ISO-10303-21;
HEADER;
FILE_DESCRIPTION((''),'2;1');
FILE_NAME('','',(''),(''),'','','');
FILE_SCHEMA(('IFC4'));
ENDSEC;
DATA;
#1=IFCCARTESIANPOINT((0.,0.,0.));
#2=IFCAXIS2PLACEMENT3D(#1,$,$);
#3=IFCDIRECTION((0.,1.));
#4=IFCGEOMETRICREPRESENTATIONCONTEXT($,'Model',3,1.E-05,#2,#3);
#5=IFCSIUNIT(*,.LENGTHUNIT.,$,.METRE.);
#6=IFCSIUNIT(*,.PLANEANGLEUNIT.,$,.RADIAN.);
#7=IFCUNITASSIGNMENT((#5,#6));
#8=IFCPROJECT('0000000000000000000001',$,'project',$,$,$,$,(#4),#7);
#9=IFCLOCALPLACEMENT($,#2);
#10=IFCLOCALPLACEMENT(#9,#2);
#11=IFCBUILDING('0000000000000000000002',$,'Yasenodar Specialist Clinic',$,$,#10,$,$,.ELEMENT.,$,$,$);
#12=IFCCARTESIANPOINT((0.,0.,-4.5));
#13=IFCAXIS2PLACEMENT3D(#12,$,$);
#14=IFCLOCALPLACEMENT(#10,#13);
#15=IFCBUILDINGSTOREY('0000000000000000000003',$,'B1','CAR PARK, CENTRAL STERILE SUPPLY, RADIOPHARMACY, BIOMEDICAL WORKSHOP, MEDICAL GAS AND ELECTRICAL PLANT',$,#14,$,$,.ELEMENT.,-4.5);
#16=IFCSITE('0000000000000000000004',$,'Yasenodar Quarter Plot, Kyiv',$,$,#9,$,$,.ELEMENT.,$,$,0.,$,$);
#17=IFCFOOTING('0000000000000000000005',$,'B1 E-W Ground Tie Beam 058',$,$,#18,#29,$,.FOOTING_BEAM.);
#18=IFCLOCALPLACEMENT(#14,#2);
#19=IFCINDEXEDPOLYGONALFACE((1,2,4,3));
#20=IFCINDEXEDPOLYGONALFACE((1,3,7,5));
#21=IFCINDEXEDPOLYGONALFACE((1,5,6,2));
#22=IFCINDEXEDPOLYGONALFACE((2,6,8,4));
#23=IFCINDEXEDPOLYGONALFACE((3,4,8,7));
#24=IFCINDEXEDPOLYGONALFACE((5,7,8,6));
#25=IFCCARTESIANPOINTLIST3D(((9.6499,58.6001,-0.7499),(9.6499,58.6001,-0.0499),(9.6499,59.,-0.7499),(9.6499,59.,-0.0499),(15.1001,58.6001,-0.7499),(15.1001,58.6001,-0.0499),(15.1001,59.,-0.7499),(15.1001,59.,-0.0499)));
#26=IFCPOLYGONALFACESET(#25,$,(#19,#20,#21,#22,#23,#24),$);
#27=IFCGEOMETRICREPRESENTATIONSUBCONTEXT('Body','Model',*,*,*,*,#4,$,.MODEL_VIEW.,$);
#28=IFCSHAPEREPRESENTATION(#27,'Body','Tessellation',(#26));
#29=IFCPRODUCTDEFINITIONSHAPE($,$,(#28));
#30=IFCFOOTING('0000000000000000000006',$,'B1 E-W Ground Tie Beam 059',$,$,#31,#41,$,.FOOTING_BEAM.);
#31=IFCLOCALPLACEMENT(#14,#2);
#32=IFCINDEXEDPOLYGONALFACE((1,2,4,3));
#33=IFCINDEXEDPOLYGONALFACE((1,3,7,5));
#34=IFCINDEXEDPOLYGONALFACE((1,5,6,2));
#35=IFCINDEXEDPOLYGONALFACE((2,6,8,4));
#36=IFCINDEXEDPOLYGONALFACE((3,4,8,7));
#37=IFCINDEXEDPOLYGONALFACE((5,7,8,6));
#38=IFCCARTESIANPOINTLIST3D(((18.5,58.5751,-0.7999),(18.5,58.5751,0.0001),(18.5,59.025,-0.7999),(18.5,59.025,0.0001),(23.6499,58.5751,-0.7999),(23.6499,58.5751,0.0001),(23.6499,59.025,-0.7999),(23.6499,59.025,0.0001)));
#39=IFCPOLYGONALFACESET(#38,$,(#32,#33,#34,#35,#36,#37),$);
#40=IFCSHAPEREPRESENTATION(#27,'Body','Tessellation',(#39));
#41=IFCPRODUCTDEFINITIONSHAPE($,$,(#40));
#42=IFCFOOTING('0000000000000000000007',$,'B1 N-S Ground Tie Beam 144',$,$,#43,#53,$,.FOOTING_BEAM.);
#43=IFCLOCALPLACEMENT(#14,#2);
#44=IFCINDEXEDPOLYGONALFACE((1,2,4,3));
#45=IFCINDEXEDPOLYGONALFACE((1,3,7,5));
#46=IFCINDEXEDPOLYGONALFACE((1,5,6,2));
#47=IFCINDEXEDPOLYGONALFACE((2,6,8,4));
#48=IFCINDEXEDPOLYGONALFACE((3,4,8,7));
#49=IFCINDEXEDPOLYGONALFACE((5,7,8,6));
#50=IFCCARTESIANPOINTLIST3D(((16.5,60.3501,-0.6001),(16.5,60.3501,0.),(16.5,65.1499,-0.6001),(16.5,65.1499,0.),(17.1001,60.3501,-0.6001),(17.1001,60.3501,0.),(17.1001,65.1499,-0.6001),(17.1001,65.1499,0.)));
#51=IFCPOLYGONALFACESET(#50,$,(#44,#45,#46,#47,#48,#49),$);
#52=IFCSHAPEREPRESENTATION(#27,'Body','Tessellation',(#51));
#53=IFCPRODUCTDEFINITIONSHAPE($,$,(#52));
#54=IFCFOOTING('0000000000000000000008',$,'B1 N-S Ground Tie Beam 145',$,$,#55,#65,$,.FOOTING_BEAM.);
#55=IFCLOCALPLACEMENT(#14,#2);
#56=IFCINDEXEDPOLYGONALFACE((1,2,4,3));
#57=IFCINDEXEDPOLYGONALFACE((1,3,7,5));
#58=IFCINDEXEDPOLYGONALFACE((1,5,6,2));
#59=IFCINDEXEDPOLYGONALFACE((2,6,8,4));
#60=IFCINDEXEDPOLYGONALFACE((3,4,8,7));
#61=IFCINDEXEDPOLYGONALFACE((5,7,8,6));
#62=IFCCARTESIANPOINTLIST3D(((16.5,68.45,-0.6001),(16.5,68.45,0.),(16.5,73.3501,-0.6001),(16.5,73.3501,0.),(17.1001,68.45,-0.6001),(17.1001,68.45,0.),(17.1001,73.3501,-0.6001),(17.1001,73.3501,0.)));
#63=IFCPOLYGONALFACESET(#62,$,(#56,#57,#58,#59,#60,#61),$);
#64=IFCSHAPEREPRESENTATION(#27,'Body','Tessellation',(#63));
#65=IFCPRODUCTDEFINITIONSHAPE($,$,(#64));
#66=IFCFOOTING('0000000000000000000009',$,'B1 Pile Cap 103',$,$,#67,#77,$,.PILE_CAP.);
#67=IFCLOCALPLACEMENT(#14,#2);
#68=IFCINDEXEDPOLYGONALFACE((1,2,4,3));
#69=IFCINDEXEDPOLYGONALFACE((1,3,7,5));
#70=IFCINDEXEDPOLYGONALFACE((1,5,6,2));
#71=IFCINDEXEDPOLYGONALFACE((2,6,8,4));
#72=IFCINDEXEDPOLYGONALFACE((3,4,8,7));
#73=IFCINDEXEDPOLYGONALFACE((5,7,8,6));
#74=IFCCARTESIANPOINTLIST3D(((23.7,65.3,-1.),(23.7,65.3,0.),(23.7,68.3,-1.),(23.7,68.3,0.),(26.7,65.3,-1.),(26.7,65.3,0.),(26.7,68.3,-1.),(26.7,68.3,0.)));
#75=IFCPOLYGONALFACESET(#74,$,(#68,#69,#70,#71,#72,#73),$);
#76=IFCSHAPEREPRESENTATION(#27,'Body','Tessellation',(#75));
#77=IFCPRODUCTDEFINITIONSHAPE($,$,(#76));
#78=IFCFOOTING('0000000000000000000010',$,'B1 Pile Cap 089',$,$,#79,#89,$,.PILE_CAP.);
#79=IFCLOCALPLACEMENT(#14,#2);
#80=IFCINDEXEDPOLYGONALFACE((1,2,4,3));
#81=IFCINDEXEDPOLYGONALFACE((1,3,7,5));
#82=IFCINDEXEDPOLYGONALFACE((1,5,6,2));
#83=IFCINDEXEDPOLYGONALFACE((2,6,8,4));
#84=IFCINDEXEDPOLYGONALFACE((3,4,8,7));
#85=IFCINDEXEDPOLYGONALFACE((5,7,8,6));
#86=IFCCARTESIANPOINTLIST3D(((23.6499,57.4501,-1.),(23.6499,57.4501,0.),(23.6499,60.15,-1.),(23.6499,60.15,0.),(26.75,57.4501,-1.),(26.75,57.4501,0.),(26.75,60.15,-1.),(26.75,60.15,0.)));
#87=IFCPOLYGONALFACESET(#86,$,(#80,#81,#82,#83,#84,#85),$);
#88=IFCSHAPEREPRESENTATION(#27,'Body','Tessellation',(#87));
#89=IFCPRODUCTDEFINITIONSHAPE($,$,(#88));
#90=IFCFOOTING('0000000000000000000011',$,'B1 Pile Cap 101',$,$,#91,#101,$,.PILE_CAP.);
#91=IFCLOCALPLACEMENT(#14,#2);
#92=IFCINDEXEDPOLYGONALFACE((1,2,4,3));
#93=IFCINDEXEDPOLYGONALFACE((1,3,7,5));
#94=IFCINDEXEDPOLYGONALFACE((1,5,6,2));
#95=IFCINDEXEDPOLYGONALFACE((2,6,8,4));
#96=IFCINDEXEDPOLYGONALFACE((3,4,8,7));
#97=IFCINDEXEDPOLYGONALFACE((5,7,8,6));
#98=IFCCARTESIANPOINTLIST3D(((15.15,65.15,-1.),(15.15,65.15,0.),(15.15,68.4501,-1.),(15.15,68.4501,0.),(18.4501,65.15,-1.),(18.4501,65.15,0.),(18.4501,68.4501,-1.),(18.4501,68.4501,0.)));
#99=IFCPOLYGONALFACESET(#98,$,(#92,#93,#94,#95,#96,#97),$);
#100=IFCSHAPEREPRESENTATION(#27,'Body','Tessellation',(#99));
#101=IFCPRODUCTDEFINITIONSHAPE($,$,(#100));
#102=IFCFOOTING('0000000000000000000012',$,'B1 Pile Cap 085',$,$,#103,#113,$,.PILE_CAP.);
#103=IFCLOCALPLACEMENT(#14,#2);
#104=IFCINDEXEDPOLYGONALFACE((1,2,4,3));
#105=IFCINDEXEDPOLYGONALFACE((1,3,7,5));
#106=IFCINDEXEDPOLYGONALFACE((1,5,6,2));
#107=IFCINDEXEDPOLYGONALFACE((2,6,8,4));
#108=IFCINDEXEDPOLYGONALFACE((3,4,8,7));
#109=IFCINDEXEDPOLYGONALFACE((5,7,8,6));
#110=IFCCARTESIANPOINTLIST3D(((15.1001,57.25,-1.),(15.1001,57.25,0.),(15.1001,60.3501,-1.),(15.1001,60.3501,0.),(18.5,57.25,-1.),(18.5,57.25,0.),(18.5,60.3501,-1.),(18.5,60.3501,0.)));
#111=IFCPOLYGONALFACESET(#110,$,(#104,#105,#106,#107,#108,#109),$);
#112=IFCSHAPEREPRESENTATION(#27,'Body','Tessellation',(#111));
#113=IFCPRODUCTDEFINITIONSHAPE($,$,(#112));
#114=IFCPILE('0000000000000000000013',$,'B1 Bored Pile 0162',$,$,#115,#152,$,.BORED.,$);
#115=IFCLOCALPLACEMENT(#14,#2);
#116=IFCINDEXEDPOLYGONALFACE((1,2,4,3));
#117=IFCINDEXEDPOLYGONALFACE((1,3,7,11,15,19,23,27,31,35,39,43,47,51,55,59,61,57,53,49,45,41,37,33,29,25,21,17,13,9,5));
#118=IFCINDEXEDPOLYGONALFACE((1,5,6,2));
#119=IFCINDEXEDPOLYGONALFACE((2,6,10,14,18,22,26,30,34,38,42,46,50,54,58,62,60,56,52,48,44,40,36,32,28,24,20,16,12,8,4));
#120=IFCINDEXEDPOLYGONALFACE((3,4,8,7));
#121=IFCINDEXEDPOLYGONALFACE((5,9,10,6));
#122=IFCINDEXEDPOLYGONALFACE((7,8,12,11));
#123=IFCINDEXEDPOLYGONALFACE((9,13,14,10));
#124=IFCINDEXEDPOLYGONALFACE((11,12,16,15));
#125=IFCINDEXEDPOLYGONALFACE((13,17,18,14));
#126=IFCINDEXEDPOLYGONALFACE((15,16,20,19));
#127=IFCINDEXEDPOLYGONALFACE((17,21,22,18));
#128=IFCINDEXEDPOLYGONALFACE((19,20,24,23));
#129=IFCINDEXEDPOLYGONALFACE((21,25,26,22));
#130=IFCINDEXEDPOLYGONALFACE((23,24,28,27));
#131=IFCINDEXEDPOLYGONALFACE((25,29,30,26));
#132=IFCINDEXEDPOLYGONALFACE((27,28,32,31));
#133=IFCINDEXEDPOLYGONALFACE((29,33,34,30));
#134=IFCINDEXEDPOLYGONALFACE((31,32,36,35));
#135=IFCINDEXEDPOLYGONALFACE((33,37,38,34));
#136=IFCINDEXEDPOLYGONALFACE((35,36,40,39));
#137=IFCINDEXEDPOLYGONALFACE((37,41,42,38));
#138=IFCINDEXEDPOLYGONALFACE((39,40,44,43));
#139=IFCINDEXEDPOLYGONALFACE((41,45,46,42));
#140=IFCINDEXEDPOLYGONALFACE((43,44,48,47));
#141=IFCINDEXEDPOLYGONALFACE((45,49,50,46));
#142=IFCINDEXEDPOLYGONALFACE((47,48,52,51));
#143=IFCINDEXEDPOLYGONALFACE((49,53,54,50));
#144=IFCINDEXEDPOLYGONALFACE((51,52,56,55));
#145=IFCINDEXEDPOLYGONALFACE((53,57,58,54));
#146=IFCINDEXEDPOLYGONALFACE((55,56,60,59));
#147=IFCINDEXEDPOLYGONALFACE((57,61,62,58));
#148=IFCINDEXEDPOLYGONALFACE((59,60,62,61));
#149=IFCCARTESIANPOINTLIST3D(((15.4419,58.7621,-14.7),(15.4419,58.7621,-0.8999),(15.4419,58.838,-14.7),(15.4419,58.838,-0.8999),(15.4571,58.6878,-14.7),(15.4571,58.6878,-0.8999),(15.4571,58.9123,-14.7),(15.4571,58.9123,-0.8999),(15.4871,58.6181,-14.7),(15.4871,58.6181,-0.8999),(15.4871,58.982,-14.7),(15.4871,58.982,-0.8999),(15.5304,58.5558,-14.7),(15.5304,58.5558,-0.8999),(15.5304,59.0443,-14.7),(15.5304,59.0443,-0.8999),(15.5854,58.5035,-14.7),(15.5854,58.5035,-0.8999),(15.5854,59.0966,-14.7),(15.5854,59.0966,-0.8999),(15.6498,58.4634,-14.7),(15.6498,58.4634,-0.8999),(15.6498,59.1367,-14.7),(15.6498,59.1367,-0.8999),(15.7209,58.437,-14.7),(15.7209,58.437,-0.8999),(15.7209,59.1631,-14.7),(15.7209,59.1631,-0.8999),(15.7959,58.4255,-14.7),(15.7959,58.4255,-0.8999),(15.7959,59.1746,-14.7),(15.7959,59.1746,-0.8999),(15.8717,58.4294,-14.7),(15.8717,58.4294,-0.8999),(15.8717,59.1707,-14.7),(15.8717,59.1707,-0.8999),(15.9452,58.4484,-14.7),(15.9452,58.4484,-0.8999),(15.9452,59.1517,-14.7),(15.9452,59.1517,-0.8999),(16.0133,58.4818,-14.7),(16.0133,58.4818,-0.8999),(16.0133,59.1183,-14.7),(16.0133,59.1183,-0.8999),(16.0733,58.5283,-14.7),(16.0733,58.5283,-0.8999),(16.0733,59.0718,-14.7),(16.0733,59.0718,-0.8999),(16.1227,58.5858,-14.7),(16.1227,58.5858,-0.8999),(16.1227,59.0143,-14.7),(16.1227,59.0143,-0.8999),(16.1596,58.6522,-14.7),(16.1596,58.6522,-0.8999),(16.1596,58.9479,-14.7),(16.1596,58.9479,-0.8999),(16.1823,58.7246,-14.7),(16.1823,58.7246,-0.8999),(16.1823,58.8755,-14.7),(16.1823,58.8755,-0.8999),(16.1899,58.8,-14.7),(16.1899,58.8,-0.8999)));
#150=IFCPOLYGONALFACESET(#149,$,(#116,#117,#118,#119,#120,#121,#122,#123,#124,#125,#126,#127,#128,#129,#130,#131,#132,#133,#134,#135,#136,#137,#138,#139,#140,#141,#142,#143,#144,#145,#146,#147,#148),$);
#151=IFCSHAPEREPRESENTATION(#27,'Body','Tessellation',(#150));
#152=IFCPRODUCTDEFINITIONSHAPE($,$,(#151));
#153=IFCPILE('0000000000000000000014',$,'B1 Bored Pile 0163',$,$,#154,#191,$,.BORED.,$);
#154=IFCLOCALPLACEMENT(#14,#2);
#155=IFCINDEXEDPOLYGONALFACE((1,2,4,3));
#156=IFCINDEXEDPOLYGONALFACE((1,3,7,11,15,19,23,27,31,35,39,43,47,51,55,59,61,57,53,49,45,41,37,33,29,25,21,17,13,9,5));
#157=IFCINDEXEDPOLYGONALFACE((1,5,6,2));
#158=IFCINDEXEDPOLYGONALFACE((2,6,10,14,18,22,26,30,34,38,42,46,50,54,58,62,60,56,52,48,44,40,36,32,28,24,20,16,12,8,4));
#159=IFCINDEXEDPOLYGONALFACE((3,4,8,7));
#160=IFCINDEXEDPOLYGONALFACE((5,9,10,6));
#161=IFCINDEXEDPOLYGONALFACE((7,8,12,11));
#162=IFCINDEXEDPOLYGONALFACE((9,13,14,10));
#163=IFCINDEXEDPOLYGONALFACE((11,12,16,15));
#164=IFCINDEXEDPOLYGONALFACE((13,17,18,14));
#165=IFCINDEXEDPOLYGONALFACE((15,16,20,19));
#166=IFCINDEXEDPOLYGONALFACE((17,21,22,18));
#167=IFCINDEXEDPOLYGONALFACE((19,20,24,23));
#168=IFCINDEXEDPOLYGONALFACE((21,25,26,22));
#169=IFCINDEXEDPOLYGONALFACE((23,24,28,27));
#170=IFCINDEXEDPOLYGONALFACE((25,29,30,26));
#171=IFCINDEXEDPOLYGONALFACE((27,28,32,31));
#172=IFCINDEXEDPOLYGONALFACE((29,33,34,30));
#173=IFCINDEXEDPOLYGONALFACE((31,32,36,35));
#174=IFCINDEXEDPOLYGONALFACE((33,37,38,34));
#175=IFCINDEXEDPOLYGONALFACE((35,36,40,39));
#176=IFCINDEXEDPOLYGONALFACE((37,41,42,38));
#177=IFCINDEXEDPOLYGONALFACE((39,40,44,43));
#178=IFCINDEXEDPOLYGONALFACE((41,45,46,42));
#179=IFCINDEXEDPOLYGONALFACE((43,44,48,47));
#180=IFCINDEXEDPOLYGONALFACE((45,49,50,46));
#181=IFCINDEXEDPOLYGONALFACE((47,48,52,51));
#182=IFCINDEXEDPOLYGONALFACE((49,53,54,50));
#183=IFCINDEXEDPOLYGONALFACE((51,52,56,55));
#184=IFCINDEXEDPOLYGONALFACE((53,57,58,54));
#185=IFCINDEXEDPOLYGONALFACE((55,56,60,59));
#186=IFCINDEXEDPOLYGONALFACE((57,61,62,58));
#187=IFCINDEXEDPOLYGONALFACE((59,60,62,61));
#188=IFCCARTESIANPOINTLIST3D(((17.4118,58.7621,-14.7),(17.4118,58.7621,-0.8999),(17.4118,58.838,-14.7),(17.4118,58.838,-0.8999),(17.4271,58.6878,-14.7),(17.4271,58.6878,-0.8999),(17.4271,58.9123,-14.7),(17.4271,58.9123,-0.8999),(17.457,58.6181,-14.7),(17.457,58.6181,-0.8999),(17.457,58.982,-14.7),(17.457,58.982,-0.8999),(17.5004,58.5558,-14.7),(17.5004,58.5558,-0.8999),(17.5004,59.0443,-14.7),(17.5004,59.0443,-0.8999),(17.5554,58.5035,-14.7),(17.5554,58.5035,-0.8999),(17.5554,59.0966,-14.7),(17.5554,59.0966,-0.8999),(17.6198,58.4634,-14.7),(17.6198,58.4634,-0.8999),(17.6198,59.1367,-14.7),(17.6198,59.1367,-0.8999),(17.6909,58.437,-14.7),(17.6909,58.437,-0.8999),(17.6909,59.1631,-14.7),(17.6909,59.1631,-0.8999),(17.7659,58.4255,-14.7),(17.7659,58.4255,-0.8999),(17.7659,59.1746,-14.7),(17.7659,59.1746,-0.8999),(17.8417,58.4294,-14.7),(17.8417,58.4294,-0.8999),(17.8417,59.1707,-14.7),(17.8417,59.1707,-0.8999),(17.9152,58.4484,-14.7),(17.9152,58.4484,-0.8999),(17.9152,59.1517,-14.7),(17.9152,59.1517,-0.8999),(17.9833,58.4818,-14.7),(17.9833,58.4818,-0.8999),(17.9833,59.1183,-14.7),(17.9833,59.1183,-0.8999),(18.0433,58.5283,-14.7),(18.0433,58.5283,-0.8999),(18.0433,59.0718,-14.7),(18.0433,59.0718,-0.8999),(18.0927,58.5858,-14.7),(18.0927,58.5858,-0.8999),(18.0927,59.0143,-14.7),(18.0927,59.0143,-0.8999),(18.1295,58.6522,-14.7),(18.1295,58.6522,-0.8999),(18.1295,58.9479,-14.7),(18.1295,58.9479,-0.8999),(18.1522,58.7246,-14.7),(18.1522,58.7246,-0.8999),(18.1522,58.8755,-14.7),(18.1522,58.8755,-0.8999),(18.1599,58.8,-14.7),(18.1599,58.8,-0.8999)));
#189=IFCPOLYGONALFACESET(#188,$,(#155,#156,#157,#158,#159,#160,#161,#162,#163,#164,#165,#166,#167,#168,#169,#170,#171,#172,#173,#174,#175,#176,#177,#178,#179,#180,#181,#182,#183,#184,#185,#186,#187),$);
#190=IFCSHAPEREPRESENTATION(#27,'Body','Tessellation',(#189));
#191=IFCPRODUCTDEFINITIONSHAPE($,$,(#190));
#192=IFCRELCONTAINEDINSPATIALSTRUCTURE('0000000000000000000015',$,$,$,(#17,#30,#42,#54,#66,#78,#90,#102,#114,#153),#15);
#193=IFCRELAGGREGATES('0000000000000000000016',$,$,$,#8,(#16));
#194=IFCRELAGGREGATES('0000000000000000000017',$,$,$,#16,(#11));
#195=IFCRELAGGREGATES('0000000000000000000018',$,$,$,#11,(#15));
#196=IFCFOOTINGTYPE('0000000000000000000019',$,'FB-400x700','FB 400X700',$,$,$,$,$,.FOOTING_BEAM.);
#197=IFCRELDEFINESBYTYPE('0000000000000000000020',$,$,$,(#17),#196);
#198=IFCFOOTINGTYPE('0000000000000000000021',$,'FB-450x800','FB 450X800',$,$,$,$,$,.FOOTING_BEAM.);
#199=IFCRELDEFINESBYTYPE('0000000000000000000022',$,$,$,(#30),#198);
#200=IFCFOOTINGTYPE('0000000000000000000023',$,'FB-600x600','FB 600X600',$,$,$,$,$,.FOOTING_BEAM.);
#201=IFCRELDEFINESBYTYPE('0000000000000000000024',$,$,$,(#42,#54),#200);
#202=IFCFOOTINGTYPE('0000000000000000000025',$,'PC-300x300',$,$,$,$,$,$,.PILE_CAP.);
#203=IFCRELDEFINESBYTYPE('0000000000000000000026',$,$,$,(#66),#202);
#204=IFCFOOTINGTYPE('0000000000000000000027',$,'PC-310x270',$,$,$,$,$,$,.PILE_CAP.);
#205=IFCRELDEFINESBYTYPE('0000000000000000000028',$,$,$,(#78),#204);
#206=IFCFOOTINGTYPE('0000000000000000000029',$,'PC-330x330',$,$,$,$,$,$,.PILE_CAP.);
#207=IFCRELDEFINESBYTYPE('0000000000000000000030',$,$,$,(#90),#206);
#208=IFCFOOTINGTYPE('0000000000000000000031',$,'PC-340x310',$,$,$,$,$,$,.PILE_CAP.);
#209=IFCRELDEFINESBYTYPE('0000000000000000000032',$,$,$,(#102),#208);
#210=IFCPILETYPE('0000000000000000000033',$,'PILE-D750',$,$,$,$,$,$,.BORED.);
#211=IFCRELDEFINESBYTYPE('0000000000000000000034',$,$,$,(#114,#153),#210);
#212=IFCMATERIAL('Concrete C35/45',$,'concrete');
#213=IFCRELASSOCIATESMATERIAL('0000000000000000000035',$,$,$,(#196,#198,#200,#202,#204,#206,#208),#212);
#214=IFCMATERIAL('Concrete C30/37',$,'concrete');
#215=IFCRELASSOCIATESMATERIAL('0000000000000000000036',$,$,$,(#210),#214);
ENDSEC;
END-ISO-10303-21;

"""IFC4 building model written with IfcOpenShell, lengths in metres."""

from ifc_helpers import new_model, si_unit, direction, frame, origin, origin_2d, place, context, subcontext, project, spatial, rectangle, circle, extrude, material, material_profile, profile_set, type_object, element, save


model = new_model("IFC4")

# Units and contexts
model_context = context("Model", 3, precision=1e-05, world=origin(), true_north=direction((0.0, 1.0)))
body_context = subcontext(model_context, "Body", "Model", "MODEL_VIEW")
ifc_project = project(units=[si_unit("LENGTHUNIT", "METRE"), si_unit("PLANEANGLEUNIT", "RADIAN")], contexts=[model_context])

# Site, building, storey
site_placement = place(None, origin())
site = spatial("IfcSite", under=ifc_project, at=site_placement, Name="Yasenodar Quarter Plot, Kyiv", CompositionType="ELEMENT", RefElevation=0.0)
building_placement = place(site_placement, origin())
building = spatial("IfcBuilding", under=site, at=building_placement, Name="Yasenodar Specialist Clinic", CompositionType="ELEMENT")
storey_placement = place(building_placement, frame((0.0, 0.0, -4.5)))
storey = spatial("IfcBuildingStorey", under=building, at=storey_placement, Name="B1", Description="CAR PARK, CENTRAL STERILE SUPPLY, RADIOPHARMACY, BIOMEDICAL WORKSHOP, MEDICAL GAS AND ELECTRICAL PLANT", CompositionType="ELEMENT", Elevation=-4.5)

# Footings
ifc_material_1 = material(Name="Concrete C35/45", Category="concrete")
ifc_material_profile_1 = material_profile(ifc_material_1, rectangle(XDim=0.3999, YDim=0.7, at=origin_2d()), Name="RC 400x700")
ifc_profile_set_1 = profile_set([ifc_material_profile_1], Name="Concrete C35/45")
footing_type_1 = type_object("IfcFootingType", Name="FB-400x700", Description="FB 400X700", PredefinedType="FOOTING_BEAM", material=ifc_profile_set_1)
footing_1_placement = place(storey_placement, frame((9.6499, 58.8, -0.3999), z_axis=(1.0, 0.0, 0.0), x_axis=(0.0, 1.0, 0.0)))
element("IfcFooting", 1, at=footing_1_placement, inside=storey, type_object=footing_type_1, Name="B1 E-W Ground Tie Beam 058", PredefinedType="FOOTING_BEAM", context=body_context, shape_type="SweptSolid", body=[
    extrude(rectangle(XDim=0.3999, YDim=0.7, at=origin_2d()), origin(), (0.0, 0.0, 1.0), 5.4502),
])
ifc_material_profile_2 = material_profile(ifc_material_1, rectangle(XDim=0.45, YDim=0.8, at=origin_2d()), Name="RC 450x800")
ifc_profile_set_2 = profile_set([ifc_material_profile_2], Name="Concrete C35/45")
footing_type_2 = type_object("IfcFootingType", Name="FB-450x800", Description="FB 450X800", PredefinedType="FOOTING_BEAM", material=ifc_profile_set_2)
footing_2_placement = place(storey_placement, frame((18.5, 58.8, -0.3999), z_axis=(1.0, 0.0, 0.0), x_axis=(0.0, 1.0, 0.0)))
element("IfcFooting", 2, at=footing_2_placement, inside=storey, type_object=footing_type_2, Name="B1 E-W Ground Tie Beam 059", PredefinedType="FOOTING_BEAM", context=body_context, shape_type="SweptSolid", body=[
    extrude(rectangle(XDim=0.45, YDim=0.8, at=origin_2d()), origin(), (0.0, 0.0, 1.0), 5.1499),
])
ifc_material_profile_3 = material_profile(ifc_material_1, rectangle(XDim=0.6001, YDim=0.6001, at=origin_2d()), Name="RC 600x600")
ifc_profile_set_3 = profile_set([ifc_material_profile_3], Name="Concrete C35/45")
footing_type_3 = type_object("IfcFootingType", Name="FB-600x600", Description="FB 600X600", PredefinedType="FOOTING_BEAM", material=ifc_profile_set_3)
footing_3_placement = place(storey_placement, frame((16.8, 60.3501, -0.3), z_axis=(0.0, 1.0, 0.0), x_axis=(-1.0, 0.0, 0.0)))
element("IfcFooting", 3, at=footing_3_placement, inside=storey, type_object=footing_type_3, Name="B1 N-S Ground Tie Beam 144", PredefinedType="FOOTING_BEAM", context=body_context, shape_type="SweptSolid", body=[
    extrude(rectangle(XDim=0.6001, YDim=0.6001, at=origin_2d()), origin(), (0.0, 0.0, 1.0), 4.7998),
])
footing_4_placement = place(storey_placement, frame((16.8, 68.45, -0.3), z_axis=(0.0, 1.0, 0.0), x_axis=(-1.0, 0.0, 0.0)))
element("IfcFooting", 4, at=footing_4_placement, inside=storey, type_object=footing_type_3, Name="B1 N-S Ground Tie Beam 145", PredefinedType="FOOTING_BEAM", context=body_context, shape_type="SweptSolid", body=[
    extrude(rectangle(XDim=0.6001, YDim=0.6001, at=origin_2d()), origin(), (0.0, 0.0, 1.0), 4.9001),
])
footing_type_4 = type_object("IfcFootingType", Name="PC-300x300", PredefinedType="PILE_CAP", material=ifc_material_1)
footing_5_placement = place(storey_placement, frame((25.2, 66.8, -1.0), z_axis=(0.0, 0.0, 1.0), x_axis=(1.0, 0.0, 0.0)))
element("IfcFooting", 5, at=footing_5_placement, inside=storey, type_object=footing_type_4, Name="B1 Pile Cap 103", PredefinedType="PILE_CAP", context=body_context, shape_type="SweptSolid", body=[
    extrude(rectangle(XDim=3.0, YDim=3.0, at=origin_2d()), origin(), (0.0, 0.0, 1.0), 1.0),
])
footing_type_5 = type_object("IfcFootingType", Name="PC-310x270", PredefinedType="PILE_CAP", material=ifc_material_1)
footing_6_placement = place(storey_placement, frame((25.2, 58.8, -1.0), z_axis=(0.0, 0.0, 1.0), x_axis=(1.0, 0.0, 0.0)))
element("IfcFooting", 6, at=footing_6_placement, inside=storey, type_object=footing_type_5, Name="B1 Pile Cap 089", PredefinedType="PILE_CAP", context=body_context, shape_type="SweptSolid", body=[
    extrude(rectangle(XDim=3.1001, YDim=2.7, at=origin_2d()), origin(), (0.0, 0.0, 1.0), 1.0),
])
footing_type_6 = type_object("IfcFootingType", Name="PC-330x330", PredefinedType="PILE_CAP", material=ifc_material_1)
footing_7_placement = place(storey_placement, frame((16.8, 66.8, -1.0), z_axis=(0.0, 0.0, 1.0), x_axis=(1.0, 0.0, 0.0)))
element("IfcFooting", 7, at=footing_7_placement, inside=storey, type_object=footing_type_6, Name="B1 Pile Cap 101", PredefinedType="PILE_CAP", context=body_context, shape_type="SweptSolid", body=[
    extrude(rectangle(XDim=3.3, YDim=3.3, at=origin_2d()), origin(), (0.0, 0.0, 1.0), 1.0),
])
footing_type_7 = type_object("IfcFootingType", Name="PC-340x310", PredefinedType="PILE_CAP", material=ifc_material_1)
footing_8_placement = place(storey_placement, frame((16.8, 58.8, -1.0), z_axis=(0.0, 0.0, 1.0), x_axis=(1.0, 0.0, 0.0)))
element("IfcFooting", 8, at=footing_8_placement, inside=storey, type_object=footing_type_7, Name="B1 Pile Cap 085", PredefinedType="PILE_CAP", context=body_context, shape_type="SweptSolid", body=[
    extrude(rectangle(XDim=3.3999, YDim=3.1001, at=origin_2d()), origin(), (0.0, 0.0, 1.0), 1.0),
])

# Piles
ifc_material_2 = material(Name="Concrete C30/37", Category="concrete")
ifc_material_profile_4 = material_profile(ifc_material_2, circle(Radius=0.375, at=origin_2d()), Name="PILE D750")
ifc_profile_set_4 = profile_set([ifc_material_profile_4], Name="Concrete C30/37")
pile_type_1 = type_object("IfcPileType", Name="PILE-D750", PredefinedType="BORED", material=ifc_profile_set_4)
for number, where, z_axis, x_axis, name in (
    (9, (15.8149, 58.8, -0.8999), (0.0, 0.0, -1.0), (1.0, 0.0, 0.0), "B1 Bored Pile 0162"),
    (10, (17.7849, 58.8, -0.8999), (0.0, 0.0, -1.0), (1.0, 0.0, 0.0), "B1 Bored Pile 0163"),
):
    element("IfcPile", number, at=place(storey_placement, frame(where, z_axis=z_axis, x_axis=x_axis)), inside=storey, type_object=pile_type_1, Name=name, PredefinedType="BORED", context=body_context, shape_type="SweptSolid", body=[
        extrude(circle(Radius=0.375, at=origin_2d()), origin(), (0.0, 0.0, 1.0), 13.8),
    ])

save(model, "model.ifc")
